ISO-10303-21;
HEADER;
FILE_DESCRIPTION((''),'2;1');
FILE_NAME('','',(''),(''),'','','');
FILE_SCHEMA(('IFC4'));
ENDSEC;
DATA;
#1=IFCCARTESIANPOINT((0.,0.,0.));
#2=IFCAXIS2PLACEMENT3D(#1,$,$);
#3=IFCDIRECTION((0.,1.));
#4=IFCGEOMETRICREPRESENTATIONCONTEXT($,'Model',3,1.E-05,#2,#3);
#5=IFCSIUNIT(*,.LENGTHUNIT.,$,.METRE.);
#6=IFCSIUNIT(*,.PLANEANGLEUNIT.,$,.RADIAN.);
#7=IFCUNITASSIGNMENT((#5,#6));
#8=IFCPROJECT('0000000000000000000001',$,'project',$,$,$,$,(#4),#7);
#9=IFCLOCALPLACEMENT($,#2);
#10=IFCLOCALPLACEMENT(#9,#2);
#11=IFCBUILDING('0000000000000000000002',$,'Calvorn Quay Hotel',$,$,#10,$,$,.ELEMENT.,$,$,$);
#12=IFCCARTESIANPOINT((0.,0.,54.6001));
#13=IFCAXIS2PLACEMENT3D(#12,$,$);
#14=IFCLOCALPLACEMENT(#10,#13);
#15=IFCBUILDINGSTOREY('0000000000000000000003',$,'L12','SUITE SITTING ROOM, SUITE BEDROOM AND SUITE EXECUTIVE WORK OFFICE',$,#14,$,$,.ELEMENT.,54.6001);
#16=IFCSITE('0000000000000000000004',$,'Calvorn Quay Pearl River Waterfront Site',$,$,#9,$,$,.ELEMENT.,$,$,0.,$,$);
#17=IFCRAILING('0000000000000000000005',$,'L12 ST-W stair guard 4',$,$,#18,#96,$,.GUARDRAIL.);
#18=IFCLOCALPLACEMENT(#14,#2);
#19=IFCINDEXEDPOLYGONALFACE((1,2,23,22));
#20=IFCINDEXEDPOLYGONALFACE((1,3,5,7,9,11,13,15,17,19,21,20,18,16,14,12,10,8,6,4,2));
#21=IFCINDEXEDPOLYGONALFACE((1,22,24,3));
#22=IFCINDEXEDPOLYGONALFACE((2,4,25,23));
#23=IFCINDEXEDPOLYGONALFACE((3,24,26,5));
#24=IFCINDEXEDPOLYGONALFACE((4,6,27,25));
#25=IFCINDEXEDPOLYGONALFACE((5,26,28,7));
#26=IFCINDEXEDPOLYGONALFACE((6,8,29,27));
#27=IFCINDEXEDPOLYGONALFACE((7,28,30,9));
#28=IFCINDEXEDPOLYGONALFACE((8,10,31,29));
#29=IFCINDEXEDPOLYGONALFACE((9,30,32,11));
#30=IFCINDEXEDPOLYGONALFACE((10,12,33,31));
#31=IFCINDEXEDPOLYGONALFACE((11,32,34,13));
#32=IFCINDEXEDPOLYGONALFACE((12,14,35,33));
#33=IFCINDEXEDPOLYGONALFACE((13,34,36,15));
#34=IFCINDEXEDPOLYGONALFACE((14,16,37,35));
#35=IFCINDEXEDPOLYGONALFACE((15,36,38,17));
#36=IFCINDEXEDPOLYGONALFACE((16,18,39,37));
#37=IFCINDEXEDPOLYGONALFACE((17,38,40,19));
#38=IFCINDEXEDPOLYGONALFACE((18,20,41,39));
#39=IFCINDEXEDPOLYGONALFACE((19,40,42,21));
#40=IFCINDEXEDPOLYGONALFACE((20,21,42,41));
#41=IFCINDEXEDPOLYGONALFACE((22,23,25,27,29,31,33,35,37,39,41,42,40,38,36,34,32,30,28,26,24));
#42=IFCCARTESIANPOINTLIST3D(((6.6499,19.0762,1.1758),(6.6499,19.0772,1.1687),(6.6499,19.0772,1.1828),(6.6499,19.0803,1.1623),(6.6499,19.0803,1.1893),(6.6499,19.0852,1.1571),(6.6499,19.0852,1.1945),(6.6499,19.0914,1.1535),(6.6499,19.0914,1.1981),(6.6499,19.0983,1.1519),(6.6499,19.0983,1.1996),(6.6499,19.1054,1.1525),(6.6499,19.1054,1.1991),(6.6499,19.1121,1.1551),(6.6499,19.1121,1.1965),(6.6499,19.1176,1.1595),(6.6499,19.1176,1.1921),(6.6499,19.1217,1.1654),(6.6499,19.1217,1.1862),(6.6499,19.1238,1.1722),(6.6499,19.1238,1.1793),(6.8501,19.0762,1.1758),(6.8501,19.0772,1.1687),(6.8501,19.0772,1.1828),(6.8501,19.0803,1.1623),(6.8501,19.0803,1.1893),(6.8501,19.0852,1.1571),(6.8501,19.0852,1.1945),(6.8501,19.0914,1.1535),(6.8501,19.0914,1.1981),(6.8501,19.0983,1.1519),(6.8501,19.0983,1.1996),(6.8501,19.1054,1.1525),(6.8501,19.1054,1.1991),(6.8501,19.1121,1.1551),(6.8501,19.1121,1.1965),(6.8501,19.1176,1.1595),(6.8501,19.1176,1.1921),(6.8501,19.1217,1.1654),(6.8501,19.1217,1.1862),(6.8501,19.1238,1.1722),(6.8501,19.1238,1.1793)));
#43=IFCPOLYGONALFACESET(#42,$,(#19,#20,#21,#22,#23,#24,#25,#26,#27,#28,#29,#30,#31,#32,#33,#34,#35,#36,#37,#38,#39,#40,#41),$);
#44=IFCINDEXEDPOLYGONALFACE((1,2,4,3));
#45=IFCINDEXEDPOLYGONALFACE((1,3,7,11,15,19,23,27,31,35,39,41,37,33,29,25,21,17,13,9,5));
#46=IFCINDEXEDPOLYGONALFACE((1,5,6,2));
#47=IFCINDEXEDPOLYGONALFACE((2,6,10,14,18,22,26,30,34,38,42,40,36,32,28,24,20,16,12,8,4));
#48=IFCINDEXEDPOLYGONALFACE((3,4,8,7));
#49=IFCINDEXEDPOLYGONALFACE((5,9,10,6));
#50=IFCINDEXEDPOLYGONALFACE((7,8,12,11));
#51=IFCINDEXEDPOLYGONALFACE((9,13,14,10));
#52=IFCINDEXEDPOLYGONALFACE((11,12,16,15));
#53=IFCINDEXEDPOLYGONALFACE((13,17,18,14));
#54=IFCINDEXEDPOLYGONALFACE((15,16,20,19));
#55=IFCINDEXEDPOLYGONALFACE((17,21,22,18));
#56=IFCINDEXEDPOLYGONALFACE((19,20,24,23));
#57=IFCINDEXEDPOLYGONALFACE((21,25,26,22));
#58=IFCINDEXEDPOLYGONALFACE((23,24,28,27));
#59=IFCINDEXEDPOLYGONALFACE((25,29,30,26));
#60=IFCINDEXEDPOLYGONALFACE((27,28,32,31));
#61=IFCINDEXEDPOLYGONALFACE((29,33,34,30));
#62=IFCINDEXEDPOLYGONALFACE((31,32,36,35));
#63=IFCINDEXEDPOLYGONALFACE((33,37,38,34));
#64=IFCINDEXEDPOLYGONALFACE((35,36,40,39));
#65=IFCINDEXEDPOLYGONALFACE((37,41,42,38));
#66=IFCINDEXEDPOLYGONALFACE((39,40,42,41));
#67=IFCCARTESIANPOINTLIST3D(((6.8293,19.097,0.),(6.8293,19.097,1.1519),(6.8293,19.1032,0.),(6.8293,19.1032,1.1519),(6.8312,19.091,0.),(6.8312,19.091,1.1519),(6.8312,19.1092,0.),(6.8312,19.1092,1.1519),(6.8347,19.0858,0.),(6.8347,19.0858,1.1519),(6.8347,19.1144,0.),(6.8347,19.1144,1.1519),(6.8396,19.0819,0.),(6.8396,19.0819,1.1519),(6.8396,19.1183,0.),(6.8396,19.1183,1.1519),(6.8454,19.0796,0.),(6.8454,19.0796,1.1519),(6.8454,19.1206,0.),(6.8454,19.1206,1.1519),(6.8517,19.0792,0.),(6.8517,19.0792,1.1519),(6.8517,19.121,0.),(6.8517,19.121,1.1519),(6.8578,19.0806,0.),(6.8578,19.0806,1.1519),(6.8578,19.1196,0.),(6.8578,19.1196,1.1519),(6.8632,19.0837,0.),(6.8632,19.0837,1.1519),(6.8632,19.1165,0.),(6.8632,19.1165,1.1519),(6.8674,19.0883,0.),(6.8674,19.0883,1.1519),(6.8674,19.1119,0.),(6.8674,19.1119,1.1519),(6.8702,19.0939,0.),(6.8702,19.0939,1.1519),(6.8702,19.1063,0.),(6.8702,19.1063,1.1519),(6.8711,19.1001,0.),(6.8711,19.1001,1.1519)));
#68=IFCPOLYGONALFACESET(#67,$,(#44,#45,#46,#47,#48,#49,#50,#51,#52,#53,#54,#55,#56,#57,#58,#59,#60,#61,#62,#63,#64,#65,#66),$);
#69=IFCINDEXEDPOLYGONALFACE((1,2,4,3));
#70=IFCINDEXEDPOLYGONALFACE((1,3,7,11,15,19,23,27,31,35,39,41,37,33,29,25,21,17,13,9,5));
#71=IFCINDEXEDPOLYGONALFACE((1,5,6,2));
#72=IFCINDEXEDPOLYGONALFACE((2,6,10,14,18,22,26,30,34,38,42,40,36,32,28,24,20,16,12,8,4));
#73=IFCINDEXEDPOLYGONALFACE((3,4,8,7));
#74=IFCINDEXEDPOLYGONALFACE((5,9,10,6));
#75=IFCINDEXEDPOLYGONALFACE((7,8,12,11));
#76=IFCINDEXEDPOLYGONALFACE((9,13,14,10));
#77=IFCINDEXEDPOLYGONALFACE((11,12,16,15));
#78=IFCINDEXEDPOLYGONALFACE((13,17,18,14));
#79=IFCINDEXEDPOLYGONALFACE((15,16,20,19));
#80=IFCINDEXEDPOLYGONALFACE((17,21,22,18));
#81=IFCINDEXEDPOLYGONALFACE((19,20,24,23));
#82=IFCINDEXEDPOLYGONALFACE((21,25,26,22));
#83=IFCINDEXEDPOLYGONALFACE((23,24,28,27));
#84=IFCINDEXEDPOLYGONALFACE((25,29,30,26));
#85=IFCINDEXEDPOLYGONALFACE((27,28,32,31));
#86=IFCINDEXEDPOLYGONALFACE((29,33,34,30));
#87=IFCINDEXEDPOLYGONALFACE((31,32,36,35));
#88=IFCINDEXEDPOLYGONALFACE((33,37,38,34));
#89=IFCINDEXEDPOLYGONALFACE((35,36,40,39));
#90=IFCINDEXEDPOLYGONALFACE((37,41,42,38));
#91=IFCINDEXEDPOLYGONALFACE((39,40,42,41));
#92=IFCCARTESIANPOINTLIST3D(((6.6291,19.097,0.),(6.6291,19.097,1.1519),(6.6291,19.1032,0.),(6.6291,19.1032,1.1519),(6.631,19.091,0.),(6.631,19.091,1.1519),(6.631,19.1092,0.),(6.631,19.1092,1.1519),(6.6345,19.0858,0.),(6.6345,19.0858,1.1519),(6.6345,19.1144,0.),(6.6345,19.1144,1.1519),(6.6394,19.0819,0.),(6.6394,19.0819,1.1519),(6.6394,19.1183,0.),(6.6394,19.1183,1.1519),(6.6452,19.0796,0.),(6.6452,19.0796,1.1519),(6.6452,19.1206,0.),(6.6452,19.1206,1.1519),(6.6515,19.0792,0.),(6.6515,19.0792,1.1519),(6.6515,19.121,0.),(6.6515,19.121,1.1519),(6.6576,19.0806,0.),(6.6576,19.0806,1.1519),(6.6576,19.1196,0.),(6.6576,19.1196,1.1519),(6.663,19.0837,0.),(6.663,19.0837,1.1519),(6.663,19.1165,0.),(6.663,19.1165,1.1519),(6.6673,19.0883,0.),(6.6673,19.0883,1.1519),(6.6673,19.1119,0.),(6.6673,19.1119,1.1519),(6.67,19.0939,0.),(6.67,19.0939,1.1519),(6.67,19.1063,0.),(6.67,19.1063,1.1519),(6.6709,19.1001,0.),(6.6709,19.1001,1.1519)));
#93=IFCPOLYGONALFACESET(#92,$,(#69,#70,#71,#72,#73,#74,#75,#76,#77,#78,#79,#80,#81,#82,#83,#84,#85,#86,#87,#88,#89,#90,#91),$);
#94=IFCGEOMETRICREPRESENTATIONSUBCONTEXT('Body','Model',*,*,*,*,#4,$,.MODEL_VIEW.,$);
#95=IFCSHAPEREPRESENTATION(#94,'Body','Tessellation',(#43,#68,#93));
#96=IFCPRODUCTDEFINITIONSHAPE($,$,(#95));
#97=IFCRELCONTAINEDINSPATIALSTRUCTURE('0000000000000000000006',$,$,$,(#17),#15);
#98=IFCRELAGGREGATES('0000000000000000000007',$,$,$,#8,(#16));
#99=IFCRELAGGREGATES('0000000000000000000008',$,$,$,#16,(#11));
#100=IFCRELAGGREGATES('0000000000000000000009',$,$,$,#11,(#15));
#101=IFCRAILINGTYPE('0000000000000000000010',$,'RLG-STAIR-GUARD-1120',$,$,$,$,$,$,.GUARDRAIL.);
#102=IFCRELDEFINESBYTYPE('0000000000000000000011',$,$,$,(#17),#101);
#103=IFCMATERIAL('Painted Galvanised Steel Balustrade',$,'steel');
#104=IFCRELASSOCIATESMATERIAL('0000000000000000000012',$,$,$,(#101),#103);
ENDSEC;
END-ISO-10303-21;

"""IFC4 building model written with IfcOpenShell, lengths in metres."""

from ifc_helpers import new_model, si_unit, direction, frame, origin, origin_2d, place, context, subcontext, project, spatial, circle, extrude, material, type_object, element, save


model = new_model("IFC4")

# Units and contexts
model_context = context("Model", 3, precision=1e-05, world=origin(), true_north=direction((0.0, 1.0)))
body_context = subcontext(model_context, "Body", "Model", "MODEL_VIEW")
ifc_project = project(units=[si_unit("LENGTHUNIT", "METRE"), si_unit("PLANEANGLEUNIT", "RADIAN")], contexts=[model_context])

# Site, building, storey
site_placement = place(None, origin())
site = spatial("IfcSite", under=ifc_project, at=site_placement, Name="Calvorn Quay Pearl River Waterfront Site", CompositionType="ELEMENT", RefElevation=0.0)
building_placement = place(site_placement, origin())
building = spatial("IfcBuilding", under=site, at=building_placement, Name="Calvorn Quay Hotel", CompositionType="ELEMENT")
storey_placement = place(building_placement, frame((0.0, 0.0, 54.6001)))
storey = spatial("IfcBuildingStorey", under=building, at=storey_placement, Name="L12", Description="SUITE SITTING ROOM, SUITE BEDROOM AND SUITE EXECUTIVE WORK OFFICE", CompositionType="ELEMENT", Elevation=54.6001)

# Railing
ifc_material_1 = material(Name="Painted Galvanised Steel Balustrade", Category="steel")
railing_type_1 = type_object("IfcRailingType", Name="RLG-STAIR-GUARD-1120", PredefinedType="GUARDRAIL", material=ifc_material_1)
railing_1_placement = place(storey_placement, frame((6.8501, 19.1001, 0.0)))
element("IfcRailing", 1, at=railing_1_placement, inside=storey, type_object=railing_type_1, Name="L12 ST-W stair guard 4", PredefinedType="GUARDRAIL", context=body_context, shape_type="SweptSolid", body=[
    extrude(circle(Radius=0.0239, at=origin_2d()), frame((0.0, 0.0, 1.1758), z_axis=(-1.0, 0.0, 0.0), x_axis=(0.0, -1.0, 0.0)), (0.0, 0.0, 1.0), 0.2002),
    extrude(circle(Radius=0.021, at=origin_2d()), origin(), (0.0, 0.0, 1.0), 1.1519),
    extrude(circle(Radius=0.021, at=origin_2d()), frame((-0.2002, 0.0, 0.0)), (0.0, 0.0, 1.0), 1.1519),
])

save(model, "model.ifc")
